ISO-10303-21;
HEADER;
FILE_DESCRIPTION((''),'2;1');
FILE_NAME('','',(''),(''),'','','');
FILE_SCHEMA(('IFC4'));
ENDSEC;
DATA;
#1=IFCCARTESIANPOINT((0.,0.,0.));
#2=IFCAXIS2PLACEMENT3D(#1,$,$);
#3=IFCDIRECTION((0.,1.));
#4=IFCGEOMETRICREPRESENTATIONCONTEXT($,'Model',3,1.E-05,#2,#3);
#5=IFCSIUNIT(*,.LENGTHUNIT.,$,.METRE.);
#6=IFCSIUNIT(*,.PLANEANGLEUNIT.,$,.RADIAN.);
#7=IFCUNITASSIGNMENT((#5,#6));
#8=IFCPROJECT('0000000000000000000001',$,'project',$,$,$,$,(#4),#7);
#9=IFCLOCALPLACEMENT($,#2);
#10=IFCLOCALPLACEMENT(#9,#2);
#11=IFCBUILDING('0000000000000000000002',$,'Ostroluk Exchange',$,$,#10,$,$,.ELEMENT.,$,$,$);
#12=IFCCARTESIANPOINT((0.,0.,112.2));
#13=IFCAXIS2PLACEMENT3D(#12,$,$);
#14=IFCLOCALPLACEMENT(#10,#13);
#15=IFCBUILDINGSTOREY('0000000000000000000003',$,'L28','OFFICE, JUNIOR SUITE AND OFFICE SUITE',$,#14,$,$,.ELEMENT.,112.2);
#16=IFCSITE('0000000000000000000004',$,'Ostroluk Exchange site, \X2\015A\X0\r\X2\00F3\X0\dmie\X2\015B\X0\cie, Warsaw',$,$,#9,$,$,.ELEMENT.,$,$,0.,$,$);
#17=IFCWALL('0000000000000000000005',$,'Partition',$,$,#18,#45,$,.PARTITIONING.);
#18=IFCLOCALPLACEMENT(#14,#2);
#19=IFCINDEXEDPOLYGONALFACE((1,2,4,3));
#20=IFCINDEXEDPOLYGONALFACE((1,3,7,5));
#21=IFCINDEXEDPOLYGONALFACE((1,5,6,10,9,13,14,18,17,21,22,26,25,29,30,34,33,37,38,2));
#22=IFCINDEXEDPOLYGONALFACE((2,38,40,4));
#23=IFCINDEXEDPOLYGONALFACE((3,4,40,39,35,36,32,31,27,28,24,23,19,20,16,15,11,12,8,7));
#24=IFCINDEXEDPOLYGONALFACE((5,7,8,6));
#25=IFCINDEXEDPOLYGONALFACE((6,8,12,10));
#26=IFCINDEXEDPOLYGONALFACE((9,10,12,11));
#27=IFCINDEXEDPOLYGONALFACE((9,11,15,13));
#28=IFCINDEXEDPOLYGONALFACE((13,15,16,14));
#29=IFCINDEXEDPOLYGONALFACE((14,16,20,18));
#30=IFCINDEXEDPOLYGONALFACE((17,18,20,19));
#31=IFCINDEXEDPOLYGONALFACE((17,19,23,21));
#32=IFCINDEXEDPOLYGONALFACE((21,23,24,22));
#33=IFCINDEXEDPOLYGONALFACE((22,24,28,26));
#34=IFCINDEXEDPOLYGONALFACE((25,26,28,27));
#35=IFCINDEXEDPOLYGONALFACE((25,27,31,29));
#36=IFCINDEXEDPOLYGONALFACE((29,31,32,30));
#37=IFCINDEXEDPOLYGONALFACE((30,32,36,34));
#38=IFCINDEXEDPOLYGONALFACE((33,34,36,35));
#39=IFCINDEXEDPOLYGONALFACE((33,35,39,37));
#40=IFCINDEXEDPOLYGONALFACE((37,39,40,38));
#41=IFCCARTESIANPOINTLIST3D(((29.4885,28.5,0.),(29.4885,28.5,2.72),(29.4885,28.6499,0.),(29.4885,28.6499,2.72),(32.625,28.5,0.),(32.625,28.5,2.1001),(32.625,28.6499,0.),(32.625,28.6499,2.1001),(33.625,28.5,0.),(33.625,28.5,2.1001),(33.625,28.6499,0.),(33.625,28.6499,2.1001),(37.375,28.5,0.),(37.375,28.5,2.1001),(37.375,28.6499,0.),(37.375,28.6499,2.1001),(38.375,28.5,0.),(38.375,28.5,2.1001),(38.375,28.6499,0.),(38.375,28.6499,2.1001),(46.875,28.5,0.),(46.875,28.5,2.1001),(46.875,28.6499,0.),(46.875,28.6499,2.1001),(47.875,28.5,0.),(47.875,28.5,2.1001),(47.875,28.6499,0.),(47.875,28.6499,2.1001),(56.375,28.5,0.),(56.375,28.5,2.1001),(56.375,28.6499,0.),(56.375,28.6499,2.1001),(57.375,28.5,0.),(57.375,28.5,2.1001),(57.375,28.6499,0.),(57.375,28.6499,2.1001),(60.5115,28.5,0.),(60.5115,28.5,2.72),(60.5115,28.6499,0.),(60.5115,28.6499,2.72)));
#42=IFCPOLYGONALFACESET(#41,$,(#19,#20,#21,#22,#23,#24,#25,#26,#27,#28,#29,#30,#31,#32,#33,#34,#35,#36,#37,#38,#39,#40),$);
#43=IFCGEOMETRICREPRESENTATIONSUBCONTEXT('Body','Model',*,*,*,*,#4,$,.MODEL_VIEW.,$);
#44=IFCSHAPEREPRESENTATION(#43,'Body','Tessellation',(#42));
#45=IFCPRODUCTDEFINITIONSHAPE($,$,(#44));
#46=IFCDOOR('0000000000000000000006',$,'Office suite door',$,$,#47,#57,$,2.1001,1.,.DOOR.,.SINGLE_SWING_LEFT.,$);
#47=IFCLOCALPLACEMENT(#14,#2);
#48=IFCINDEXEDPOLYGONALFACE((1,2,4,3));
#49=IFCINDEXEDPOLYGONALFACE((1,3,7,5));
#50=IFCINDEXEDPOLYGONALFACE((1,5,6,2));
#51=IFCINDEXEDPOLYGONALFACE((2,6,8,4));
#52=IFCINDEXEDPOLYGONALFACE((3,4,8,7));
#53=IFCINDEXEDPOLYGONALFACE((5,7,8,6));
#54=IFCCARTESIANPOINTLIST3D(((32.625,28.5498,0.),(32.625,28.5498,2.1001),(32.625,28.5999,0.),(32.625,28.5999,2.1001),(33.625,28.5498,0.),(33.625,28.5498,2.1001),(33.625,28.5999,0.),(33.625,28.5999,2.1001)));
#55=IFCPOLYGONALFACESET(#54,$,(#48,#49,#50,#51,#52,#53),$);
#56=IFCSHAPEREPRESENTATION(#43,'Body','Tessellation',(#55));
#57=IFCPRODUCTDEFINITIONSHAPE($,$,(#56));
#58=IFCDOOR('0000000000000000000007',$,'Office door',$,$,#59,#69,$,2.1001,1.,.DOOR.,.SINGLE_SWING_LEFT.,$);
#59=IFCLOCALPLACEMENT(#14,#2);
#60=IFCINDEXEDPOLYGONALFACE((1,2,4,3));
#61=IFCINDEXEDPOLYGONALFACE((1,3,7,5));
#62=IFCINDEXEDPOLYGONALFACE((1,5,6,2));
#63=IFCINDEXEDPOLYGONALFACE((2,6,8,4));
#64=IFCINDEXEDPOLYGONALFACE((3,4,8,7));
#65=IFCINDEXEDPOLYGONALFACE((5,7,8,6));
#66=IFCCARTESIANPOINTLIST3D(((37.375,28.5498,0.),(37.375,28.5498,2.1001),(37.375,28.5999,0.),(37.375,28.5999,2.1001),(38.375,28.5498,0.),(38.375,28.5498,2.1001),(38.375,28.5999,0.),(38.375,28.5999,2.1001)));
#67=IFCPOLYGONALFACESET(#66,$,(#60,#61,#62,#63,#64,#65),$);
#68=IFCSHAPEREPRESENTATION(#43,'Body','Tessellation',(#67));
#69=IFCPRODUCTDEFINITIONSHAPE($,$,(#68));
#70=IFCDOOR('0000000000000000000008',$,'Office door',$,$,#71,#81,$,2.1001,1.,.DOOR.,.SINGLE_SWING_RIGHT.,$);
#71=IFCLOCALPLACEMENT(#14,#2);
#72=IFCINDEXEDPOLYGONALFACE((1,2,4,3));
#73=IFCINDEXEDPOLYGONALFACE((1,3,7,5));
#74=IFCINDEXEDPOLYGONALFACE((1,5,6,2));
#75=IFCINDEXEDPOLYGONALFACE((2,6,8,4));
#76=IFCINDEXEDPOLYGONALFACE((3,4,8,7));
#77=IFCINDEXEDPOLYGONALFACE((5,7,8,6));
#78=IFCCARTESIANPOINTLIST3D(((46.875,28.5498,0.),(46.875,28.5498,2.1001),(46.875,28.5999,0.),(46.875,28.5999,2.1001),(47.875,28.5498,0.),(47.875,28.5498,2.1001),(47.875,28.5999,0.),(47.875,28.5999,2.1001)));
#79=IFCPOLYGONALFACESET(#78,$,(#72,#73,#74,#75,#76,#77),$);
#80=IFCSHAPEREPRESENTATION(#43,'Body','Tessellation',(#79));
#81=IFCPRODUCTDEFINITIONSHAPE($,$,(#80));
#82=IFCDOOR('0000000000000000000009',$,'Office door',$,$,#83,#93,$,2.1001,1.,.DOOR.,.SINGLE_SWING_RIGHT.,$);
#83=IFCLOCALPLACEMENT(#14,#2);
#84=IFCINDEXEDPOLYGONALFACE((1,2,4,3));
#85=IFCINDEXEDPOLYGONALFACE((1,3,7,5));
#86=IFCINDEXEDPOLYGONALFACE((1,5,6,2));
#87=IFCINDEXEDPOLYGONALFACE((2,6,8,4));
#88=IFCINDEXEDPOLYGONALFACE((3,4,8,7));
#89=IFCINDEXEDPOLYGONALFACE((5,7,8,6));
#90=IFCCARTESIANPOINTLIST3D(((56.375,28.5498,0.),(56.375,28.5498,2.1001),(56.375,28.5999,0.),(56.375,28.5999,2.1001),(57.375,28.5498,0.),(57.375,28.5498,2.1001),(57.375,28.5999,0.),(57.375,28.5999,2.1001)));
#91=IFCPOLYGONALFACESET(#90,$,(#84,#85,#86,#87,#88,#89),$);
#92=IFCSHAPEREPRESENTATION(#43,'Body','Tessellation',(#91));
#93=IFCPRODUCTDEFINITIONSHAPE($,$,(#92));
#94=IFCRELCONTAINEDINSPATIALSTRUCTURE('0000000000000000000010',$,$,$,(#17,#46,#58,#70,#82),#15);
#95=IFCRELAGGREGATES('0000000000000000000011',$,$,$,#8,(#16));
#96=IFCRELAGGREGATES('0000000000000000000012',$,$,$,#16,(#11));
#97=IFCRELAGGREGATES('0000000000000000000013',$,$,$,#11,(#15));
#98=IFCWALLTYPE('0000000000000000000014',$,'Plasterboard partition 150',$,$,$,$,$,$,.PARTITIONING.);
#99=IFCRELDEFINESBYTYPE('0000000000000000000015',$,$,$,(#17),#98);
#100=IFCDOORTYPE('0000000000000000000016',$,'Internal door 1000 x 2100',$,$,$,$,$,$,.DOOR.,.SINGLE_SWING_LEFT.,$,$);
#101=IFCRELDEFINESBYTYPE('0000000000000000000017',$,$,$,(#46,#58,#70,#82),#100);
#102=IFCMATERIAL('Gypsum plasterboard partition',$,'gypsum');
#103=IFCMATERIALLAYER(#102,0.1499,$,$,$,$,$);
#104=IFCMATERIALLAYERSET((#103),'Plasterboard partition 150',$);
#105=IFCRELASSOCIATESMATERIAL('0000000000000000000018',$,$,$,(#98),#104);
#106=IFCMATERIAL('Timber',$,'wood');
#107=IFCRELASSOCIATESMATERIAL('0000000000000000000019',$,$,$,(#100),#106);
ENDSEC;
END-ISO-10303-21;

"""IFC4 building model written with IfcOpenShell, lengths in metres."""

from ifc_helpers import new_model, si_unit, direction, frame, frame_2d, origin, place, context, subcontext, project, spatial, rectangle, extrude, material, layer, layer_set, type_object, element, fill, save


model = new_model("IFC4")

# Units and contexts
model_context = context("Model", 3, precision=1e-05, world=origin(), true_north=direction((0.0, 1.0)))
body_context = subcontext(model_context, "Body", "Model", "MODEL_VIEW")
ifc_project = project(units=[si_unit("LENGTHUNIT", "METRE"), si_unit("PLANEANGLEUNIT", "RADIAN")], contexts=[model_context])

# Site, building, storey
site_placement = place(None, origin())
site = spatial("IfcSite", under=ifc_project, at=site_placement, Name="Ostroluk Exchange site, Śródmieście, Warsaw", CompositionType="ELEMENT", RefElevation=0.0)
building_placement = place(site_placement, origin())
building = spatial("IfcBuilding", under=site, at=building_placement, Name="Ostroluk Exchange", CompositionType="ELEMENT")
storey_placement = place(building_placement, frame((0.0, 0.0, 112.2)))
storey = spatial("IfcBuildingStorey", under=building, at=storey_placement, Name="L28", Description="OFFICE, JUNIOR SUITE AND OFFICE SUITE", CompositionType="ELEMENT", Elevation=112.2)

# Shared definitions
ifc_material_1 = material(Name="Gypsum plasterboard partition", Category="gypsum")
ifc_layer_1 = layer(ifc_material_1, 0.1499)
ifc_layer_set_1 = layer_set([ifc_layer_1], Name="Plasterboard partition 150")
wall_type_1 = type_object("IfcWallType", Name="Plasterboard partition 150", PredefinedType="PARTITIONING", material=ifc_layer_set_1)

# Wall, openings, doors
wall_1_placement = place(storey_placement, frame((29.4885, 28.575, 0.0), z_axis=(0.0, 0.0, 1.0), x_axis=(1.0, 0.0, 0.0)))
wall_1 = element("IfcWall", 1, at=wall_1_placement, inside=storey, type_object=wall_type_1, Name="Partition", PredefinedType="PARTITIONING", context=body_context, shape_type="SweptSolid", body=[
    extrude(rectangle(XDim=31.0229, YDim=0.1499, at=frame_2d((15.5115, 0.0))), origin(), (0.0, 0.0, 1.0), 2.72),
])
opening_1_placement = place(wall_1_placement, frame((3.1365, 0.0, 0.0)))
opening_1 = element("IfcOpeningElement", 2, at=opening_1_placement, cuts=wall_1, PredefinedType="OPENING", context=body_context, shape_type="SweptSolid", body=[
    extrude(rectangle(XDim=1.0, YDim=2.1001, at=frame_2d((0.5, 1.05))), frame((0.0, 0.085, 0.0), z_axis=(0.0, -1.0, 0.0), x_axis=(1.0, 0.0, 0.0)), (0.0, 0.0, 1.0), 0.1699),
])
opening_2_placement = place(wall_1_placement, frame((7.8865, 0.0, 0.0)))
opening_2 = element("IfcOpeningElement", 3, at=opening_2_placement, cuts=wall_1, PredefinedType="OPENING", context=body_context, shape_type="SweptSolid", body=[
    extrude(rectangle(XDim=1.0, YDim=2.1001, at=frame_2d((0.5, 1.05))), frame((0.0, 0.085, 0.0), z_axis=(0.0, -1.0, 0.0), x_axis=(1.0, 0.0, 0.0)), (0.0, 0.0, 1.0), 0.1699),
])
opening_3_placement = place(wall_1_placement, frame((17.3865, 0.0, 0.0)))
opening_3 = element("IfcOpeningElement", 4, at=opening_3_placement, cuts=wall_1, PredefinedType="OPENING", context=body_context, shape_type="SweptSolid", body=[
    extrude(rectangle(XDim=1.0, YDim=2.1001, at=frame_2d((0.5, 1.05))), frame((0.0, 0.085, 0.0), z_axis=(0.0, -1.0, 0.0), x_axis=(1.0, 0.0, 0.0)), (0.0, 0.0, 1.0), 0.1699),
])
opening_4_placement = place(wall_1_placement, frame((26.8865, 0.0, 0.0)))
opening_4 = element("IfcOpeningElement", 5, at=opening_4_placement, cuts=wall_1, PredefinedType="OPENING", context=body_context, shape_type="SweptSolid", body=[
    extrude(rectangle(XDim=1.0, YDim=2.1001, at=frame_2d((0.5, 1.05))), frame((0.0, 0.085, 0.0), z_axis=(0.0, -1.0, 0.0), x_axis=(1.0, 0.0, 0.0)), (0.0, 0.0, 1.0), 0.1699),
])
ifc_material_2 = material(Name="Timber", Category="wood")
door_type_1 = type_object("IfcDoorType", Name="Internal door 1000 x 2100", OperationType="SINGLE_SWING_LEFT", PredefinedType="DOOR", material=ifc_material_2)
door_1_placement = place(opening_1_placement, origin())
door_1 = element("IfcDoor", 6, at=door_1_placement, inside=storey, type_object=door_type_1, Name="Office suite door", OperationType="SINGLE_SWING_LEFT", OverallHeight=2.1001, OverallWidth=1.0, PredefinedType="DOOR", context=body_context, shape_type="SweptSolid", body=[
    extrude(rectangle(XDim=1.0, YDim=2.1001, at=frame_2d((0.5, 1.05))), frame((0.0, 0.0249, 0.0), z_axis=(0.0, -1.0, 0.0), x_axis=(1.0, 0.0, 0.0)), (0.0, 0.0, 1.0), 0.05),
])
fill(opening_1, door_1)
door_2_placement = place(opening_2_placement, origin())
door_2 = element("IfcDoor", 7, at=door_2_placement, inside=storey, type_object=door_type_1, Name="Office door", OperationType="SINGLE_SWING_LEFT", OverallHeight=2.1001, OverallWidth=1.0, PredefinedType="DOOR", context=body_context, shape_type="SweptSolid", body=[
    extrude(rectangle(XDim=1.0, YDim=2.1001, at=frame_2d((0.5, 1.05))), frame((0.0, 0.0249, 0.0), z_axis=(0.0, -1.0, 0.0), x_axis=(1.0, 0.0, 0.0)), (0.0, 0.0, 1.0), 0.05),
])
fill(opening_2, door_2)
door_3_placement = place(opening_3_placement, origin())
door_3 = element("IfcDoor", 8, at=door_3_placement, inside=storey, type_object=door_type_1, Name="Office door", OperationType="SINGLE_SWING_RIGHT", OverallHeight=2.1001, OverallWidth=1.0, PredefinedType="DOOR", context=body_context, shape_type="SweptSolid", body=[
    extrude(rectangle(XDim=1.0, YDim=2.1001, at=frame_2d((0.5, 1.05))), frame((0.0, 0.0249, 0.0), z_axis=(0.0, -1.0, 0.0), x_axis=(1.0, 0.0, 0.0)), (0.0, 0.0, 1.0), 0.05),
])
fill(opening_3, door_3)
door_4_placement = place(opening_4_placement, origin())
door_4 = element("IfcDoor", 9, at=door_4_placement, inside=storey, type_object=door_type_1, Name="Office door", OperationType="SINGLE_SWING_RIGHT", OverallHeight=2.1001, OverallWidth=1.0, PredefinedType="DOOR", context=body_context, shape_type="SweptSolid", body=[
    extrude(rectangle(XDim=1.0, YDim=2.1001, at=frame_2d((0.5, 1.05))), frame((0.0, 0.0249, 0.0), z_axis=(0.0, -1.0, 0.0), x_axis=(1.0, 0.0, 0.0)), (0.0, 0.0, 1.0), 0.05),
])
fill(opening_4, door_4)

save(model, "model.ifc")
